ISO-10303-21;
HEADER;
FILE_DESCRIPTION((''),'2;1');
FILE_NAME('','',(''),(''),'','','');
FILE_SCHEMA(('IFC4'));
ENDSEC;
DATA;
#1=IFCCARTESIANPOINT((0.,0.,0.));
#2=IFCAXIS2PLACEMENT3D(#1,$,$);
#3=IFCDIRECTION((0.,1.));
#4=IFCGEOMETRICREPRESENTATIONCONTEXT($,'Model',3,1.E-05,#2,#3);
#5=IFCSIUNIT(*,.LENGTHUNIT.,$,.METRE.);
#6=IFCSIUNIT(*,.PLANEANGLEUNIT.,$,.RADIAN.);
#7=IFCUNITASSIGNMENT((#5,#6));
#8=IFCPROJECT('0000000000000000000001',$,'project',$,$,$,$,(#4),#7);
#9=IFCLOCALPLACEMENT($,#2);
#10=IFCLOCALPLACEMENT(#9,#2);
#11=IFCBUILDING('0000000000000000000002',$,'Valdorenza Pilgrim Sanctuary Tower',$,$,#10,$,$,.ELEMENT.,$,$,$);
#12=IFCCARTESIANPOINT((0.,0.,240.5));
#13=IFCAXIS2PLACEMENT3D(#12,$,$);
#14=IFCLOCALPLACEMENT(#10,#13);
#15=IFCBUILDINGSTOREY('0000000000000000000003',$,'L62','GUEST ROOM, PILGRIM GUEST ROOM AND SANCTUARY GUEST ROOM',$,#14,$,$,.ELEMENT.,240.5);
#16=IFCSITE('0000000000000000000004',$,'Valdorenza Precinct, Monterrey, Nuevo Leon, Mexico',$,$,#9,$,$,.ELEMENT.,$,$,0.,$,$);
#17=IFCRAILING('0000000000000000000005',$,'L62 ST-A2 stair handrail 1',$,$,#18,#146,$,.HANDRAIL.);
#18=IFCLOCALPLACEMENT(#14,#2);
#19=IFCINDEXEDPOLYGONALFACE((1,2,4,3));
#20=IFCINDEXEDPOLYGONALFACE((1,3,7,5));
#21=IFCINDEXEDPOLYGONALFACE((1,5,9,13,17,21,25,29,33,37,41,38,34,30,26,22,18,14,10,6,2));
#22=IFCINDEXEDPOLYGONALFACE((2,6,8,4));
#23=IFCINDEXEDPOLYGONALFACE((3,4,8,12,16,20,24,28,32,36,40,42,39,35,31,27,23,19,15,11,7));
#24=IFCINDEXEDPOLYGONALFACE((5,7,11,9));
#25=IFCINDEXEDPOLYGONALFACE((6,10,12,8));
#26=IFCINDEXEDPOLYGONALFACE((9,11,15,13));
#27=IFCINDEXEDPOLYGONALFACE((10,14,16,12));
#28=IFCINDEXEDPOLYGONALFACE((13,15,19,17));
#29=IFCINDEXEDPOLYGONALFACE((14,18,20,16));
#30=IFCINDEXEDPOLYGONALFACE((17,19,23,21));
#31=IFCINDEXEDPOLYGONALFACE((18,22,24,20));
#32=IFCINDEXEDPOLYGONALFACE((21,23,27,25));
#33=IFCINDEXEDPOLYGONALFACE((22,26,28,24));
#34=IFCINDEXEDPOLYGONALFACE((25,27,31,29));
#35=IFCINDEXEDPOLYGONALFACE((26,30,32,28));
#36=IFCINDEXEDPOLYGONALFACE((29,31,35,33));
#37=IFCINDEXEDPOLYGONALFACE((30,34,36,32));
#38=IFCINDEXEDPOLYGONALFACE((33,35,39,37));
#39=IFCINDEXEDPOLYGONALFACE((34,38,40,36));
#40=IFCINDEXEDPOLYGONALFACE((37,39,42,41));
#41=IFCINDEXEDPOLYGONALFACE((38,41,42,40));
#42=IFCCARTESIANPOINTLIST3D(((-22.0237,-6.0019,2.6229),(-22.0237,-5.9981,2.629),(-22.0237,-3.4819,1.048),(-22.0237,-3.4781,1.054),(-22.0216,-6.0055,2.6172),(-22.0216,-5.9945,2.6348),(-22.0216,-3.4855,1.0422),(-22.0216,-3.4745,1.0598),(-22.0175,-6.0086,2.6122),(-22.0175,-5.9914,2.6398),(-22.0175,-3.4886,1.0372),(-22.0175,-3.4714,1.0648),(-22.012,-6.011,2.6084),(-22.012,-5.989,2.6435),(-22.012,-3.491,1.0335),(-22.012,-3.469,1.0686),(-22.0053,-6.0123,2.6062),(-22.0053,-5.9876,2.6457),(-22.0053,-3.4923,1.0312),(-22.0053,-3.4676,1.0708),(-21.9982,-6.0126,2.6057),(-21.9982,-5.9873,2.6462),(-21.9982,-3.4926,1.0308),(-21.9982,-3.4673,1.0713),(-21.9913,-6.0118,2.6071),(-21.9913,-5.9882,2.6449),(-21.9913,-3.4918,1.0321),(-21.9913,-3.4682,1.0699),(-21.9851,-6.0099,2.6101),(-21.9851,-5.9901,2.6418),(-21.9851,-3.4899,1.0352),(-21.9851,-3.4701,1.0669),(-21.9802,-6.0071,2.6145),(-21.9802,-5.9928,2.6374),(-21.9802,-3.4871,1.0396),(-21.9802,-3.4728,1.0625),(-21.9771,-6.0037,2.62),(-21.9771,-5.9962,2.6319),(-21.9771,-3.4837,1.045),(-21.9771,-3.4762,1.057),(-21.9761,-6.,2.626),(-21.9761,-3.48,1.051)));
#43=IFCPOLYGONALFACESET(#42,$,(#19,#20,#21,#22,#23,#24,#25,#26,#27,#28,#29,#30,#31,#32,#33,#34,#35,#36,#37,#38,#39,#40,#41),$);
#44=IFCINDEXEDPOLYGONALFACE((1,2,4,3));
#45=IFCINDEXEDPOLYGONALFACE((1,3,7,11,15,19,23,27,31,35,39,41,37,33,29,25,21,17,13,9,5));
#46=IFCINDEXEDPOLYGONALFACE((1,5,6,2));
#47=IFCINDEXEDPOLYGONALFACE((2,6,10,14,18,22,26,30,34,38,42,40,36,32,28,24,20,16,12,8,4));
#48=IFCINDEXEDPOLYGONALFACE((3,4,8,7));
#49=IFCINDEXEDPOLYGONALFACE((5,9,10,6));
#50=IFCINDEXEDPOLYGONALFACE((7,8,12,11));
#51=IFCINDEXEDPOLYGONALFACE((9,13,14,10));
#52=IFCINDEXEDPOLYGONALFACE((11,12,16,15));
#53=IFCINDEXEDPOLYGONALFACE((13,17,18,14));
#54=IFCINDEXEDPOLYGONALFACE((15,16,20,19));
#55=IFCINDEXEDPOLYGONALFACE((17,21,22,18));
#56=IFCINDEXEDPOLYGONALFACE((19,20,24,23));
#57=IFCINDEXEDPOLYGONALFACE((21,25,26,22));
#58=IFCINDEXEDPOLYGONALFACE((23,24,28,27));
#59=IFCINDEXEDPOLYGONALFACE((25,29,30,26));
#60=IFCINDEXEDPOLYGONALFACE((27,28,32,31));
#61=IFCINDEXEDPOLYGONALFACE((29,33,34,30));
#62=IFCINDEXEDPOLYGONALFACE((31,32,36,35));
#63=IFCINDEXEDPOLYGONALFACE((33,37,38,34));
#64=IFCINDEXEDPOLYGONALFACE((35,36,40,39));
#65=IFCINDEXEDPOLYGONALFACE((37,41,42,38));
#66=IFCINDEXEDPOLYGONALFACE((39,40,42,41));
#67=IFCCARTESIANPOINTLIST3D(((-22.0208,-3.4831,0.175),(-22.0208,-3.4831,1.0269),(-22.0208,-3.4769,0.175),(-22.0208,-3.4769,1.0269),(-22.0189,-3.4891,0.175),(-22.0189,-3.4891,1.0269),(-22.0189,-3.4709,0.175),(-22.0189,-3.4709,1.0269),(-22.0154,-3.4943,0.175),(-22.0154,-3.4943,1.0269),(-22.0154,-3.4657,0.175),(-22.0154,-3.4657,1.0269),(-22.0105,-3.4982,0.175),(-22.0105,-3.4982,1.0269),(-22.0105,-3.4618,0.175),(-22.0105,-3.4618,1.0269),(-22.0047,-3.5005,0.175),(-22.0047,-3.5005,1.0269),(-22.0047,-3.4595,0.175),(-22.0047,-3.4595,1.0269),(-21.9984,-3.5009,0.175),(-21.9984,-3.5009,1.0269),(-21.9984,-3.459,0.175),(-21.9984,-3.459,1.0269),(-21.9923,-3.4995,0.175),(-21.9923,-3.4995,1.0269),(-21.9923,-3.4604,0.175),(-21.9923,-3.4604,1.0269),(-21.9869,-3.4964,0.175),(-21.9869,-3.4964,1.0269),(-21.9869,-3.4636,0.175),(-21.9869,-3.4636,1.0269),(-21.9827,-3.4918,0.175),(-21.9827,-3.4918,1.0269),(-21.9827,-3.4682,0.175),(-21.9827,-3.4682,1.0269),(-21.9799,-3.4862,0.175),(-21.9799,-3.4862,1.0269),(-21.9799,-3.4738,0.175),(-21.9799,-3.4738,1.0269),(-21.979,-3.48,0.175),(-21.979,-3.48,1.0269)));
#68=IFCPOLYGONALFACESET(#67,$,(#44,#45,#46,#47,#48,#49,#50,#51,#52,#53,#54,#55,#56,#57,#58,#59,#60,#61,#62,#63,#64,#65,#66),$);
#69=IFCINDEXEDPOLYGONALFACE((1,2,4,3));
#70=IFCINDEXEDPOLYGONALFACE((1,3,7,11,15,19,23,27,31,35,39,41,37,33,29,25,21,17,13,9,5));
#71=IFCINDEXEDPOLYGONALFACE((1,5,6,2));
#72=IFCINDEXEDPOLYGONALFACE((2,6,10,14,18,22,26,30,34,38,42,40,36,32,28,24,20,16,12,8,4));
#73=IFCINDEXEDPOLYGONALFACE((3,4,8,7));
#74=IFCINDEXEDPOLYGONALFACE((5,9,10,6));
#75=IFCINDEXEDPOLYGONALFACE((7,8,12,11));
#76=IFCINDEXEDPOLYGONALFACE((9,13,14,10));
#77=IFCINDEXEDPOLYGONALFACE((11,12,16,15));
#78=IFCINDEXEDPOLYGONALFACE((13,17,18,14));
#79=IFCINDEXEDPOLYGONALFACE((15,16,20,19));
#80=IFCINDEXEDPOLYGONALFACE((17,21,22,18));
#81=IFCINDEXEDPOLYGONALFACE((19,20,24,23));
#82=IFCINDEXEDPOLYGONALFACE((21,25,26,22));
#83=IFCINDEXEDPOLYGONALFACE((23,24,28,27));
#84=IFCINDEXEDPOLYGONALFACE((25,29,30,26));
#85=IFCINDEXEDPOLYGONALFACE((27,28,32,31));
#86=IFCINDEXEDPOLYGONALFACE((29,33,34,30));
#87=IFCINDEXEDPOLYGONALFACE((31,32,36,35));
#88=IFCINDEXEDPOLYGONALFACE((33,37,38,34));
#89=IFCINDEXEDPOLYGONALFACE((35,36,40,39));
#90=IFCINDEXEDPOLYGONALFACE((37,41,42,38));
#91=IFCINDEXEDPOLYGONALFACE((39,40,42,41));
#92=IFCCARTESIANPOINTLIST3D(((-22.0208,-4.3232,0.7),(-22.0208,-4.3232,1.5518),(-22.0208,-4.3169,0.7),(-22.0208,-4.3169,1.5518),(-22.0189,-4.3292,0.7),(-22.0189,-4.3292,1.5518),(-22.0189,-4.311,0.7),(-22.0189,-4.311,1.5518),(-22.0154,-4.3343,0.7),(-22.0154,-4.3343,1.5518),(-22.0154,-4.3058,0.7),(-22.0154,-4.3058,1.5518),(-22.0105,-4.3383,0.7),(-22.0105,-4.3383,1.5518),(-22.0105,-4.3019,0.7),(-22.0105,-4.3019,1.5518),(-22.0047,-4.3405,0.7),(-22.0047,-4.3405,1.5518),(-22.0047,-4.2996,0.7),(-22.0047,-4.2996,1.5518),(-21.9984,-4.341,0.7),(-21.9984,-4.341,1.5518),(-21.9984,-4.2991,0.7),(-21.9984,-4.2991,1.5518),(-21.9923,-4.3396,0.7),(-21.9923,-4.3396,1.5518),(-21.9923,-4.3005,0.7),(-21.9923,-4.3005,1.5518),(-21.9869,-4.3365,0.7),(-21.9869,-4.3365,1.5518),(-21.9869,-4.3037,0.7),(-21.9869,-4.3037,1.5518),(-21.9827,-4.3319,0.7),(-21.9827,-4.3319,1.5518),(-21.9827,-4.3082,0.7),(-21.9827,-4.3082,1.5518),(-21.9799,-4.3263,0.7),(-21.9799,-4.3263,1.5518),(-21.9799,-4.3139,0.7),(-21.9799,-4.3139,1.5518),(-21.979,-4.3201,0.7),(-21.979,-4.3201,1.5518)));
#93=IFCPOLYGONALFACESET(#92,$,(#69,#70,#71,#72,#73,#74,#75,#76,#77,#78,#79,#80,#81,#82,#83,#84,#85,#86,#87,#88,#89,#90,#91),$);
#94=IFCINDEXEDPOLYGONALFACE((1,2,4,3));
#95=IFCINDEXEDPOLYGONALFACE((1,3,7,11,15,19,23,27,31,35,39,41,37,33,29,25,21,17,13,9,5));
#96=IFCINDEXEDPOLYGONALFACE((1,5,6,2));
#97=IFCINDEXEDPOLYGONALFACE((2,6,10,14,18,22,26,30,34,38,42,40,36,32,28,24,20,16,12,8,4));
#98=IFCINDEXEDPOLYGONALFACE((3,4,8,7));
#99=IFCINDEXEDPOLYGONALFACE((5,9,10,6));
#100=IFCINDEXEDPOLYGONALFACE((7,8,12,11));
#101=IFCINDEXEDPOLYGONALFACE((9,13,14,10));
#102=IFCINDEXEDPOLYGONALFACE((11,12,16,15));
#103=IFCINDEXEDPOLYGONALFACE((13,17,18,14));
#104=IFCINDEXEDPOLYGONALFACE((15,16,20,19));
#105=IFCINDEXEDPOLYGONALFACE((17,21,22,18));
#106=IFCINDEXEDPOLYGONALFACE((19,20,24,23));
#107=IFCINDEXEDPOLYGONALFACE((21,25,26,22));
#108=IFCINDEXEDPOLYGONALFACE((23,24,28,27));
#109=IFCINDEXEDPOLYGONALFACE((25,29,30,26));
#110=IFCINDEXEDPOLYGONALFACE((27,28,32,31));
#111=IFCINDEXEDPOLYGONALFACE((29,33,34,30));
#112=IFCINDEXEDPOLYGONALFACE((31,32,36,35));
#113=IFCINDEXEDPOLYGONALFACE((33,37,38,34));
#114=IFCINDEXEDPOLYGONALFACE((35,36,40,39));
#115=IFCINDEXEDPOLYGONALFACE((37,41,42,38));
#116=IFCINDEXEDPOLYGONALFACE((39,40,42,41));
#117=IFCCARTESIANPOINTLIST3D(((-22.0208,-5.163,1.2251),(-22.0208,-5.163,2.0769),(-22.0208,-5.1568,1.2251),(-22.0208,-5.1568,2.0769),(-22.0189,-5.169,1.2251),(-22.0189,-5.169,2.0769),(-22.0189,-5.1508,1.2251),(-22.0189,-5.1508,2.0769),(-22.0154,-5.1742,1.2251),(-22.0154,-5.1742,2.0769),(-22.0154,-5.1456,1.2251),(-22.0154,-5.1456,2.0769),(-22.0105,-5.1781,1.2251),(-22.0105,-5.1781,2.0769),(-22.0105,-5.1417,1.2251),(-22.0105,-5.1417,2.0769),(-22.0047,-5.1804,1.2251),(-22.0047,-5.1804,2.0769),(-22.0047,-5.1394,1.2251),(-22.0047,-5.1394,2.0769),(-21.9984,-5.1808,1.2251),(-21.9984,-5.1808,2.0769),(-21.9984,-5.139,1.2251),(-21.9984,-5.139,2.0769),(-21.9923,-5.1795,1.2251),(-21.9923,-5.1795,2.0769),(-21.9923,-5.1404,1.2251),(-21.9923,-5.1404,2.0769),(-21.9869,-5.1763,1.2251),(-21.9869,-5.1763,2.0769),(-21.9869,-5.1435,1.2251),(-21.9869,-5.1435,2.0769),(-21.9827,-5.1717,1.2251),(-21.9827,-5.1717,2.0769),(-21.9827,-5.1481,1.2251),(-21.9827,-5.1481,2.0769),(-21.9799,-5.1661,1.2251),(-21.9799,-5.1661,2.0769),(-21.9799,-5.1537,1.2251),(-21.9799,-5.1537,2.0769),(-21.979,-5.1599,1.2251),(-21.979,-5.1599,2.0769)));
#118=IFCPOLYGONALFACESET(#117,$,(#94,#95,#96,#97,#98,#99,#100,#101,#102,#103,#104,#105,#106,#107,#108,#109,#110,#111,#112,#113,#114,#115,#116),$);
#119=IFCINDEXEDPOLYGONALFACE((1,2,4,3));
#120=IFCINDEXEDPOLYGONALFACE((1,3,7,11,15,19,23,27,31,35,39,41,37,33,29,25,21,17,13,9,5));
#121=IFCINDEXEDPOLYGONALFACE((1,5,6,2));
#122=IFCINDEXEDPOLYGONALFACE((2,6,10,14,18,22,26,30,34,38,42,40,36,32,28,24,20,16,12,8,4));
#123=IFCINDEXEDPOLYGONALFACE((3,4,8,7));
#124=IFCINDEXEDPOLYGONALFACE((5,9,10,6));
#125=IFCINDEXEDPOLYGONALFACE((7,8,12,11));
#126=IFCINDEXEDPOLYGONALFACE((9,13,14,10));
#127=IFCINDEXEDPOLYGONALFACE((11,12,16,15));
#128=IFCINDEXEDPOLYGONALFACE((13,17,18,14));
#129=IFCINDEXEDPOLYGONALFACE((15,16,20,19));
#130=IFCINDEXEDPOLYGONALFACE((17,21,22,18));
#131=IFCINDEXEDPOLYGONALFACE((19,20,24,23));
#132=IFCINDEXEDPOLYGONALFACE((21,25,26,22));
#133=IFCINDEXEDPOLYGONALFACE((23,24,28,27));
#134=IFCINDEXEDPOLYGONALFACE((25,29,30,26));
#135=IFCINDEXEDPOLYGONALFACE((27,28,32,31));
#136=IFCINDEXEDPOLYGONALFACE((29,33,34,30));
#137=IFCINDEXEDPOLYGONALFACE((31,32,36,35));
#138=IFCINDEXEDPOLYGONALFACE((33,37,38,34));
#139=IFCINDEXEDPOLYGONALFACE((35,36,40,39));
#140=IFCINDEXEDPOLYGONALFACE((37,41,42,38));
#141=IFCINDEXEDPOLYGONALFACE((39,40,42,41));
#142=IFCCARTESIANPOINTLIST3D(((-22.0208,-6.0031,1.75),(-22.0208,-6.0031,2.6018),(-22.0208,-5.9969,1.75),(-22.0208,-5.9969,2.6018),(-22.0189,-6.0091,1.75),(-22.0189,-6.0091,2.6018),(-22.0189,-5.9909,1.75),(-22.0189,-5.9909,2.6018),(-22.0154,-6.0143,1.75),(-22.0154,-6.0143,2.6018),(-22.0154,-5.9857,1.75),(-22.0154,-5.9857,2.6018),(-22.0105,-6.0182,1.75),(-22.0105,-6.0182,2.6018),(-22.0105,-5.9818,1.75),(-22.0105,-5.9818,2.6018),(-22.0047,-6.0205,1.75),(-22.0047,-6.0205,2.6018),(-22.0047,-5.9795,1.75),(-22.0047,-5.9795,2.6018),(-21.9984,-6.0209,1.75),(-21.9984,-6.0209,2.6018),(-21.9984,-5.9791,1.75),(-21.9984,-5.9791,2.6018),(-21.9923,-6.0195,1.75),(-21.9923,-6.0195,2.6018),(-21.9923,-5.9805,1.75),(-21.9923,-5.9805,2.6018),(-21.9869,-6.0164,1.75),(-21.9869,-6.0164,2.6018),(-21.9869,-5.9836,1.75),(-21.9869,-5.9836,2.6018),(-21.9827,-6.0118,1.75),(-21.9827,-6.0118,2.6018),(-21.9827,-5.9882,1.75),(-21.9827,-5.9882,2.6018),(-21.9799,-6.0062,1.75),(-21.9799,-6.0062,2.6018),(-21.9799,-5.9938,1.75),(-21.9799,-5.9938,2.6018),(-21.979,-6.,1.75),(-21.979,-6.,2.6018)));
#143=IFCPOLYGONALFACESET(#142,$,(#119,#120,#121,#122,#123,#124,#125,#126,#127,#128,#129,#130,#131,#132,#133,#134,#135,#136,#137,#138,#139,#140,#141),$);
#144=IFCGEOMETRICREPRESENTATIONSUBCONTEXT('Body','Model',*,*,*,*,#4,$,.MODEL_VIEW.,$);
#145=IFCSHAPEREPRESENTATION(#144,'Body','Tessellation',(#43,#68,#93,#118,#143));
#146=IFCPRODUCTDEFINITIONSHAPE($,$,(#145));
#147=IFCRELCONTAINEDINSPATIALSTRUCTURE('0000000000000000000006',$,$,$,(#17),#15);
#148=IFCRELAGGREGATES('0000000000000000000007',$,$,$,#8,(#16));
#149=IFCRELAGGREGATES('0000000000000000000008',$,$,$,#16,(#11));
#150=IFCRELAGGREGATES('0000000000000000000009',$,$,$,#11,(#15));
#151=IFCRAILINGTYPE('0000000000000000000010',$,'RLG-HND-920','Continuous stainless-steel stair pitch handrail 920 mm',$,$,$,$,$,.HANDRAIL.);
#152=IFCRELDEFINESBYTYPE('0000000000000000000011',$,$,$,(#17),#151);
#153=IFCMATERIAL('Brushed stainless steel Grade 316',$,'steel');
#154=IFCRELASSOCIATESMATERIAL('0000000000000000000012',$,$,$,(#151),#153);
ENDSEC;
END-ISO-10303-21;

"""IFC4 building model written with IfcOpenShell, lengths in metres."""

from ifc_helpers import new_model, si_unit, direction, frame, origin, origin_2d, place, context, subcontext, project, spatial, circle, extrude, material, type_object, element, save


model = new_model("IFC4")

# Units and contexts
model_context = context("Model", 3, precision=1e-05, world=origin(), true_north=direction((0.0, 1.0)))
body_context = subcontext(model_context, "Body", "Model", "MODEL_VIEW")
ifc_project = project(units=[si_unit("LENGTHUNIT", "METRE"), si_unit("PLANEANGLEUNIT", "RADIAN")], contexts=[model_context])

# Site, building, storey
site_placement = place(None, origin())
site = spatial("IfcSite", under=ifc_project, at=site_placement, Name="Valdorenza Precinct, Monterrey, Nuevo Leon, Mexico", CompositionType="ELEMENT", RefElevation=0.0)
building_placement = place(site_placement, origin())
building = spatial("IfcBuilding", under=site, at=building_placement, Name="Valdorenza Pilgrim Sanctuary Tower", CompositionType="ELEMENT")
storey_placement = place(building_placement, frame((0.0, 0.0, 240.5)))
storey = spatial("IfcBuildingStorey", under=building, at=storey_placement, Name="L62", Description="GUEST ROOM, PILGRIM GUEST ROOM AND SANCTUARY GUEST ROOM", CompositionType="ELEMENT", Elevation=240.5)

# Railing
ifc_material_1 = material(Name="Brushed stainless steel Grade 316", Category="steel")
railing_type_1 = type_object("IfcRailingType", Name="RLG-HND-920", Description="Continuous stainless-steel stair pitch handrail 920 mm", PredefinedType="HANDRAIL", material=ifc_material_1)
railing_1_placement = place(storey_placement, frame((-22.0, -3.48, 0.175)))
element("IfcRailing", 1, at=railing_1_placement, inside=storey, type_object=railing_type_1, Name="L62 ST-A2 stair handrail 1", PredefinedType="HANDRAIL", context=body_context, shape_type="SweptSolid", body=[
    extrude(circle(Radius=0.0239, at=origin_2d()), frame((0.0, 0.0, 0.876), z_axis=(0.0, -0.848008, 0.529984), x_axis=(1.0, 0.0, 0.0)), (0.0, 0.0, 1.0), 2.9717),
    extrude(circle(Radius=0.021, at=origin_2d()), origin(), (0.0, 0.0, 1.0), 0.8518),
    extrude(circle(Radius=0.021, at=origin_2d()), frame((0.0, -0.8401, 0.5249)), (0.0, 0.0, 1.0), 0.8518),
    extrude(circle(Radius=0.021, at=origin_2d()), frame((0.0, -1.6799, 1.05)), (0.0, 0.0, 1.0), 0.8518),
    extrude(circle(Radius=0.021, at=origin_2d()), frame((0.0, -2.52, 1.575)), (0.0, 0.0, 1.0), 0.8518),
])

save(model, "model.ifc")
